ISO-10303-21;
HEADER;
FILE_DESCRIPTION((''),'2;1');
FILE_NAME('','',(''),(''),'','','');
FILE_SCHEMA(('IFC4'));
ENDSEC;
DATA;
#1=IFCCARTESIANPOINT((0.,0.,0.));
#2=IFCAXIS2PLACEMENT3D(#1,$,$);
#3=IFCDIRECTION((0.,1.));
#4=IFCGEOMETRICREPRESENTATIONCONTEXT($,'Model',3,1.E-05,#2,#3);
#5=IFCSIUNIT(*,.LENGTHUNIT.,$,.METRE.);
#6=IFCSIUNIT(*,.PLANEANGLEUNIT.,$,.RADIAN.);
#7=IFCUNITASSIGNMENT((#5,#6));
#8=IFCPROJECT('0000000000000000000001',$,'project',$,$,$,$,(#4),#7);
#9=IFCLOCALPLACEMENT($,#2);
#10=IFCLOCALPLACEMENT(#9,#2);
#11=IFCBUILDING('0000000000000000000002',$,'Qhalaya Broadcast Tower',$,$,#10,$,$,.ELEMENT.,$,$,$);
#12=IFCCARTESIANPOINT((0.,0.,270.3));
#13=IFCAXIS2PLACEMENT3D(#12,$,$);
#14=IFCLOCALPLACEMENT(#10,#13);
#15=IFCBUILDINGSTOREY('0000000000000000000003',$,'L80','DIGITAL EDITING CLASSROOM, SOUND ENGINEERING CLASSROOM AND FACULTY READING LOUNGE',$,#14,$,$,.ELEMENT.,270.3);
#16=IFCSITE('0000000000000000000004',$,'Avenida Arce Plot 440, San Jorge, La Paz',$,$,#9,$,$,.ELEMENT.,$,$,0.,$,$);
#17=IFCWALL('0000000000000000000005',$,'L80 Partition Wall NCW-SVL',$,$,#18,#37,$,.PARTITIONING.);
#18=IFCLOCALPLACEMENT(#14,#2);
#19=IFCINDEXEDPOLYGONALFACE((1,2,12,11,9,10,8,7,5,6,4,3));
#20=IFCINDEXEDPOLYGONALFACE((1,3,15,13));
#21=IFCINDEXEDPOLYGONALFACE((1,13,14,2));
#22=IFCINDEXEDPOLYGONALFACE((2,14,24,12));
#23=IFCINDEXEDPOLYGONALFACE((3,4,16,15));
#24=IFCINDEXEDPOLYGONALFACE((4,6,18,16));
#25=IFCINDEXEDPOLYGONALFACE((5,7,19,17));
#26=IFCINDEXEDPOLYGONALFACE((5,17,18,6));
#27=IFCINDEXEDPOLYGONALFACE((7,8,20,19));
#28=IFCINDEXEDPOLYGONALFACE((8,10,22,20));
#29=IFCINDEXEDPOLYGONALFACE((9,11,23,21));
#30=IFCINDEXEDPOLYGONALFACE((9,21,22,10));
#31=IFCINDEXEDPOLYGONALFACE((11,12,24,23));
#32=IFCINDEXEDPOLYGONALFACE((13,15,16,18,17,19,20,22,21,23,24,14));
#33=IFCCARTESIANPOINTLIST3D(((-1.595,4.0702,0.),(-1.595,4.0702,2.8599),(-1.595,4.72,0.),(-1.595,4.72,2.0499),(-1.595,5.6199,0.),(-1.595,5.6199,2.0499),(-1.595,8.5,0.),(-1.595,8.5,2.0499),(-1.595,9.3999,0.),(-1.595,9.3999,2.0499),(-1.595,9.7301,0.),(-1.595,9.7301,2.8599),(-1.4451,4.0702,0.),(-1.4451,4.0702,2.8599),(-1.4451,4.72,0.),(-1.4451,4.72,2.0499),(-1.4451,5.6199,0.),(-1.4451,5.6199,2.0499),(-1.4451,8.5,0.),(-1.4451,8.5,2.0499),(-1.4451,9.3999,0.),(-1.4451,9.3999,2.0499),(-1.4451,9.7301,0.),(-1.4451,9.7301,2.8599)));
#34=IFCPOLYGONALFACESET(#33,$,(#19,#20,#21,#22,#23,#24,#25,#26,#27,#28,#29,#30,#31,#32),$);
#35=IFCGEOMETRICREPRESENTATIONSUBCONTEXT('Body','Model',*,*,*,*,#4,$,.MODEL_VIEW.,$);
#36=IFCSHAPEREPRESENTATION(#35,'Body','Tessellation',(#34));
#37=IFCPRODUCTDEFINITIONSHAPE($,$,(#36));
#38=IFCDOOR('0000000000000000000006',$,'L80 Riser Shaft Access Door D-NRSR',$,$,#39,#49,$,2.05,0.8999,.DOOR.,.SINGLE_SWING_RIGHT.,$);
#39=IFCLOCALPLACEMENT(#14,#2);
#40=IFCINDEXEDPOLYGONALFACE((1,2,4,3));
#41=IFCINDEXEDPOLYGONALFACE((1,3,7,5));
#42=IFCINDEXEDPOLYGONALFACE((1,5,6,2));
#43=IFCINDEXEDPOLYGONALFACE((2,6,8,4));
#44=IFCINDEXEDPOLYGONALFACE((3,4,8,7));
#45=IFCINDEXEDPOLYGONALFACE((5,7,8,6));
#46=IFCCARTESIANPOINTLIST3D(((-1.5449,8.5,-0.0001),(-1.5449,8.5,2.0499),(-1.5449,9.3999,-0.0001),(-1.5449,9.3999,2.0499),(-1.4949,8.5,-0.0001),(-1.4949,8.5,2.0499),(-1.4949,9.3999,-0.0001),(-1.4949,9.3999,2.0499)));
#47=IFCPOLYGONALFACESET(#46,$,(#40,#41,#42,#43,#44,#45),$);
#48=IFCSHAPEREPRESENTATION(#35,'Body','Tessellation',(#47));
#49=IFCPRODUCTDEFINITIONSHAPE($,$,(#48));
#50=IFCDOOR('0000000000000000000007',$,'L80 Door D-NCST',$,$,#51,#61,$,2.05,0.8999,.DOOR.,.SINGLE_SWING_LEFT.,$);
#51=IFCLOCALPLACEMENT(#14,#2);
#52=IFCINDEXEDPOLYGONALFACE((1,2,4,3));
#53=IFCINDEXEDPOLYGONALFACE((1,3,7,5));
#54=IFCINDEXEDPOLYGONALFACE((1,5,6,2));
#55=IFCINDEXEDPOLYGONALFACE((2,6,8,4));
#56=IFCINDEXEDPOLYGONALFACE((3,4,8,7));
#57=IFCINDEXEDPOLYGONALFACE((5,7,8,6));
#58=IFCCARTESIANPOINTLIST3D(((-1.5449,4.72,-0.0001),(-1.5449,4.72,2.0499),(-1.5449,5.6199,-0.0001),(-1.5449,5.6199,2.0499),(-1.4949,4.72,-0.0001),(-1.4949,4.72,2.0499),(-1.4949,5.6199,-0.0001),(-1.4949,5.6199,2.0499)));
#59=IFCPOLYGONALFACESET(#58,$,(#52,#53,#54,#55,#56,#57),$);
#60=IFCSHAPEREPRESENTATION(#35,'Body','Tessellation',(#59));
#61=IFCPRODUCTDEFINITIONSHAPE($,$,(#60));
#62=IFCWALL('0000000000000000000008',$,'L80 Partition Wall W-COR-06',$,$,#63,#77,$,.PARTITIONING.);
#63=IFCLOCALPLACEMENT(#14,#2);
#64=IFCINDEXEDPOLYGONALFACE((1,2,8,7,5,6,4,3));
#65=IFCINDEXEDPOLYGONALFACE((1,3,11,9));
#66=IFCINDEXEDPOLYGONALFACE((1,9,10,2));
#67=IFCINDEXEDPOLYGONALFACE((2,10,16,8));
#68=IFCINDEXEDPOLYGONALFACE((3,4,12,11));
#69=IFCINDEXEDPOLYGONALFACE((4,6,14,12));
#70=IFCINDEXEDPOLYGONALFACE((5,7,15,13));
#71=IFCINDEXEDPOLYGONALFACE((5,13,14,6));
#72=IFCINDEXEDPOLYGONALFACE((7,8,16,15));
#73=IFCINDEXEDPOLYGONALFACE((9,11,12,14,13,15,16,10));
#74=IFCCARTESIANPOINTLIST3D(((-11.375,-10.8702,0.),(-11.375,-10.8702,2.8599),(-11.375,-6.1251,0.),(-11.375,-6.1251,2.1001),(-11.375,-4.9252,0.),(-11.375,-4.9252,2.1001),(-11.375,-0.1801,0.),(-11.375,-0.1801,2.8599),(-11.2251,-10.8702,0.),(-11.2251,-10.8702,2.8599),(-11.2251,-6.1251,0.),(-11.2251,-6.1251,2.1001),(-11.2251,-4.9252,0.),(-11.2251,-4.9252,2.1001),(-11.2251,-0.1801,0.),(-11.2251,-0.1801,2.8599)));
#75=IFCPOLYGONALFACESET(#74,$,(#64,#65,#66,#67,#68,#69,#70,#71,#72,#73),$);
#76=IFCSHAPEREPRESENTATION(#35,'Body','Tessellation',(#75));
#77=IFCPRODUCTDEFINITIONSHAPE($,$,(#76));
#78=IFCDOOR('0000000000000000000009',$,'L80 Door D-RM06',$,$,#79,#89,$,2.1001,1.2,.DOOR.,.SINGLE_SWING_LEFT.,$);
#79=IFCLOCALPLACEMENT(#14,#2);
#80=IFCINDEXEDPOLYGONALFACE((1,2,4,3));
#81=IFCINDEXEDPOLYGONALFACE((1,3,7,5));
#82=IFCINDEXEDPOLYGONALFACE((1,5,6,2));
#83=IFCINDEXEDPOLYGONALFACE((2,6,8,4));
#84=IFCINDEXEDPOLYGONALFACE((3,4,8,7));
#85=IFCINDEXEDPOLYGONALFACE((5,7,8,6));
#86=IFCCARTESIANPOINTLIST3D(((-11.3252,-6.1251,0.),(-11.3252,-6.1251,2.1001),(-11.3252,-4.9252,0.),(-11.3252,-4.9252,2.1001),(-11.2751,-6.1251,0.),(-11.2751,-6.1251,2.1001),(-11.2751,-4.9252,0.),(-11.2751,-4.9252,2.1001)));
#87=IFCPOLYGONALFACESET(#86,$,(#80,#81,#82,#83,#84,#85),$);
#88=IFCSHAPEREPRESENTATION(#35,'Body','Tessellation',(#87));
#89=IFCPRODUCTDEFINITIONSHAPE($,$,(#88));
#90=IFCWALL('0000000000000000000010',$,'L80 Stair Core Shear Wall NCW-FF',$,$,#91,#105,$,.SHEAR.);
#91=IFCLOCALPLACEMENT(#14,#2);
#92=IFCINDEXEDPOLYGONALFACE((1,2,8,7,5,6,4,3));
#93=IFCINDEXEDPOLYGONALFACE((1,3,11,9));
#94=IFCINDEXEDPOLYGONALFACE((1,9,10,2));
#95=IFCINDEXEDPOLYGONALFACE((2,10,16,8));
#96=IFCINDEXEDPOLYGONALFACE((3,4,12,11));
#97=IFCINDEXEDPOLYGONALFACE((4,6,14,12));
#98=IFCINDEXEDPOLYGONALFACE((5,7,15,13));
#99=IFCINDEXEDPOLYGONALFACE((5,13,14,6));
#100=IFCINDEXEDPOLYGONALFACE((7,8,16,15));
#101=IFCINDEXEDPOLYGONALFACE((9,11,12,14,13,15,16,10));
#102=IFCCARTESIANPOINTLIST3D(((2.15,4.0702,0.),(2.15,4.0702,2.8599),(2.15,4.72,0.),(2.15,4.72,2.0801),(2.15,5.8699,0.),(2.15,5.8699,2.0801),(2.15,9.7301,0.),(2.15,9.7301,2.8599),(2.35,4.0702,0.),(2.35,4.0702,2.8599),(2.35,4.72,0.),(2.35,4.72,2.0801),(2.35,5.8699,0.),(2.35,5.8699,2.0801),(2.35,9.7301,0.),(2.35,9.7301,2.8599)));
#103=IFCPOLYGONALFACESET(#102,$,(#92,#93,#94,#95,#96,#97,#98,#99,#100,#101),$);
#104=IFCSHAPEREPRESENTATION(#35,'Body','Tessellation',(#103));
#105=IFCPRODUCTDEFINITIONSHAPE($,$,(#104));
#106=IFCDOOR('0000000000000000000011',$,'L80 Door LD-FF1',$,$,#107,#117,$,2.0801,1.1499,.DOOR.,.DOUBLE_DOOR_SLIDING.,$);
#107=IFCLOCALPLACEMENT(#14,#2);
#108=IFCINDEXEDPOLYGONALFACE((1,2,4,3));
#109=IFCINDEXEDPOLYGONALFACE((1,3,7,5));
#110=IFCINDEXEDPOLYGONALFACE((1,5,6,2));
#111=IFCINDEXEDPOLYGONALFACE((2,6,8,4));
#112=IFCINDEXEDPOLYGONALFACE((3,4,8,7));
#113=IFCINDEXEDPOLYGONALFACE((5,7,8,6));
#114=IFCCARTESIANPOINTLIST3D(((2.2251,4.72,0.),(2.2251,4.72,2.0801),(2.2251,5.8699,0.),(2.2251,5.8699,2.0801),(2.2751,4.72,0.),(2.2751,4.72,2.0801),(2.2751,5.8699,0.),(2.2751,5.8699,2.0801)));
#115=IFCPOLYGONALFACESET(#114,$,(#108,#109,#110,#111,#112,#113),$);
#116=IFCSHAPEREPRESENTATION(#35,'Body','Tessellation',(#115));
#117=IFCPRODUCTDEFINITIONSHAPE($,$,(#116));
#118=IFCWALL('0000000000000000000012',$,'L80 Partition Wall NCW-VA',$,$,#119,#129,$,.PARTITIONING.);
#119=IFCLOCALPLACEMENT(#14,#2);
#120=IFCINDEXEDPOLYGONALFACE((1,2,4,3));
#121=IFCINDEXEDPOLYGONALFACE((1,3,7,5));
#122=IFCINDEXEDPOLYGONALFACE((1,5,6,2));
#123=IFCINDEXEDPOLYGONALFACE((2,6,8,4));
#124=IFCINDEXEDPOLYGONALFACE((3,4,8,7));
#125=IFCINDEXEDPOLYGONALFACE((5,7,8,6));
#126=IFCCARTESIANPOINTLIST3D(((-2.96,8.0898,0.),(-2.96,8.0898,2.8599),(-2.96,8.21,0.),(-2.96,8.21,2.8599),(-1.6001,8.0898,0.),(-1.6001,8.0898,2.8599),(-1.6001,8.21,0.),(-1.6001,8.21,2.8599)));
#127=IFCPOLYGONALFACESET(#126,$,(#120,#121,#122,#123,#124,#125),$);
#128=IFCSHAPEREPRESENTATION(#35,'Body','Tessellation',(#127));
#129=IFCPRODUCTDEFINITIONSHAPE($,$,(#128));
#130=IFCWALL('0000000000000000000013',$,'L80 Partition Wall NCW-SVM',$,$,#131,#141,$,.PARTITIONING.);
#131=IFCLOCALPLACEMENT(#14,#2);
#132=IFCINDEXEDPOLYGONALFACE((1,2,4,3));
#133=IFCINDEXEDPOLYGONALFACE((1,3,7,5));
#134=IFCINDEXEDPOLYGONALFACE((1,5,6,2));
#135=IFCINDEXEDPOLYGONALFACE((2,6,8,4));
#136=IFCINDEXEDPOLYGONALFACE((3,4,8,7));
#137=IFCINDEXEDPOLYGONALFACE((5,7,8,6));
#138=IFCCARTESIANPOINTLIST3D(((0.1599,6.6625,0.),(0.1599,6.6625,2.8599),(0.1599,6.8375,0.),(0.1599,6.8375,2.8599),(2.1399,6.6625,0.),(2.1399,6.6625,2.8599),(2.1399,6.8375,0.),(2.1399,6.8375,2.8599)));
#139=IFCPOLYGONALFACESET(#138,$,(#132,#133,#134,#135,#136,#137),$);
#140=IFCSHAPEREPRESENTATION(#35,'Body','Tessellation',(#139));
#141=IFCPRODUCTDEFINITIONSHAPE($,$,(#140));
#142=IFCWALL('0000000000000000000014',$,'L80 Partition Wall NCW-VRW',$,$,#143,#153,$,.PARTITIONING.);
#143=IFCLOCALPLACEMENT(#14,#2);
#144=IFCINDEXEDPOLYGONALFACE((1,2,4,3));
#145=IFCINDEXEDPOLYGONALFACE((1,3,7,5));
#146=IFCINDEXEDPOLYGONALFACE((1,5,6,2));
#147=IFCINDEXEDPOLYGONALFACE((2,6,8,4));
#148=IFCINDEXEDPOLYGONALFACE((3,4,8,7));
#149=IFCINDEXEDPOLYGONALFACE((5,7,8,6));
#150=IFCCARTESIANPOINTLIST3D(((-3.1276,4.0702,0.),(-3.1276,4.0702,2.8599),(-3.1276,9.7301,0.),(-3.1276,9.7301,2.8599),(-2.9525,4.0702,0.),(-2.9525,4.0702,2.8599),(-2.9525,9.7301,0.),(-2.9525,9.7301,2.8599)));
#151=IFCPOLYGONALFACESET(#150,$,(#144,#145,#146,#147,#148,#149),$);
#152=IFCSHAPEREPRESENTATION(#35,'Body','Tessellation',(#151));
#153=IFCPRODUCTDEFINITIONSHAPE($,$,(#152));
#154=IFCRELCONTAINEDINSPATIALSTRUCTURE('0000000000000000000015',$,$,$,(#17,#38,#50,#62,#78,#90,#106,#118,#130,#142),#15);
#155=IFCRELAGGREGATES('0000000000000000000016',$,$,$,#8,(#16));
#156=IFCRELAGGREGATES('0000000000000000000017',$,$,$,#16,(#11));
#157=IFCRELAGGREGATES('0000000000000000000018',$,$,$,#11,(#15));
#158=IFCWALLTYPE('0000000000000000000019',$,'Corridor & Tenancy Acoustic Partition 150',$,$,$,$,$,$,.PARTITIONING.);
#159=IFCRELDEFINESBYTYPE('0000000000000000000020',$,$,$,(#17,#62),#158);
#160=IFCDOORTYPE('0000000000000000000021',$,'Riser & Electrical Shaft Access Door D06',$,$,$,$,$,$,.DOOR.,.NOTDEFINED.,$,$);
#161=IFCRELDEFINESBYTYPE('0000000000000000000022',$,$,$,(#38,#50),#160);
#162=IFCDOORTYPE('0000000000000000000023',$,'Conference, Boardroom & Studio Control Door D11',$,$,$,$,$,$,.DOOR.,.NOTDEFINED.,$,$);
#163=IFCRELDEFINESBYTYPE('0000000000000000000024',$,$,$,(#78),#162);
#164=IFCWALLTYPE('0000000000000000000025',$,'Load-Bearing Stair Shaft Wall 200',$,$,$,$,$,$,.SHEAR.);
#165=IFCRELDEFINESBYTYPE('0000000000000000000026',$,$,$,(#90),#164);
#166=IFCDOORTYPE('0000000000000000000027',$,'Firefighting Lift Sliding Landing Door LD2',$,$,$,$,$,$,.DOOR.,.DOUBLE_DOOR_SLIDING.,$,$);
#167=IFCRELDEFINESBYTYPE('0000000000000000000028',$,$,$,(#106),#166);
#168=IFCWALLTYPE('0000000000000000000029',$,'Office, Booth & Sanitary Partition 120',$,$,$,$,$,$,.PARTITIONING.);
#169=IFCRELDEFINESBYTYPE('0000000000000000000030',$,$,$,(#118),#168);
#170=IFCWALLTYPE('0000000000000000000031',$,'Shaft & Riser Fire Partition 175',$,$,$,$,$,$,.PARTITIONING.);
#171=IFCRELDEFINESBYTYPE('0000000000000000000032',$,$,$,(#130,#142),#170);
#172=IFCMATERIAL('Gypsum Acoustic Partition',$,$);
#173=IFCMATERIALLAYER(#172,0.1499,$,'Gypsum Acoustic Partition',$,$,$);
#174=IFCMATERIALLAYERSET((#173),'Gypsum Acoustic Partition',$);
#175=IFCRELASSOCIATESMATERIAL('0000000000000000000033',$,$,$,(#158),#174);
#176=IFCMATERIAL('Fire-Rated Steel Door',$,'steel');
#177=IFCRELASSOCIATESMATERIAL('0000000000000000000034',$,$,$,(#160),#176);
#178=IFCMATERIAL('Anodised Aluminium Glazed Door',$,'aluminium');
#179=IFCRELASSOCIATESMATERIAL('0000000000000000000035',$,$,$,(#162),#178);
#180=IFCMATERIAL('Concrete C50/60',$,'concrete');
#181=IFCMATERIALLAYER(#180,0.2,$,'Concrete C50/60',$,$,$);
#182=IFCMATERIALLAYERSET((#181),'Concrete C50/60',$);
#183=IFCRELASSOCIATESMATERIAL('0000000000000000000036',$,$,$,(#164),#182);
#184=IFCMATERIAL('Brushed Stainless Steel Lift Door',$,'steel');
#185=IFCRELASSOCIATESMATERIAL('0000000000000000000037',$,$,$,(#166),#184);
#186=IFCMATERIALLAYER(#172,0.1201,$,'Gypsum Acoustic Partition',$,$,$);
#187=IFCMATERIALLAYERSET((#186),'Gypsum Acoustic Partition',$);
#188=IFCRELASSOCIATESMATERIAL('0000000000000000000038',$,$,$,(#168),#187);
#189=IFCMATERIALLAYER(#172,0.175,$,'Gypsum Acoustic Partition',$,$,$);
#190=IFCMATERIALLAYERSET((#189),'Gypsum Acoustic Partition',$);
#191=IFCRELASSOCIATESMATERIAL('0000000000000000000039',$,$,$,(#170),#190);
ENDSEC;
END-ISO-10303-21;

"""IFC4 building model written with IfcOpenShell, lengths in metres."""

from ifc_helpers import new_model, si_unit, direction, frame, frame_2d, origin, place, context, subcontext, project, spatial, rectangle, extrude, material, layer, layer_set, type_object, element, fill, save


model = new_model("IFC4")

# Units and contexts
model_context = context("Model", 3, precision=1e-05, world=origin(), true_north=direction((0.0, 1.0)))
body_context = subcontext(model_context, "Body", "Model", "MODEL_VIEW")
ifc_project = project(units=[si_unit("LENGTHUNIT", "METRE"), si_unit("PLANEANGLEUNIT", "RADIAN")], contexts=[model_context])

# Site, building, storey
site_placement = place(None, origin())
site = spatial("IfcSite", under=ifc_project, at=site_placement, Name="Avenida Arce Plot 440, San Jorge, La Paz", CompositionType="ELEMENT", RefElevation=0.0)
building_placement = place(site_placement, origin())
building = spatial("IfcBuilding", under=site, at=building_placement, Name="Qhalaya Broadcast Tower", CompositionType="ELEMENT")
storey_placement = place(building_placement, frame((0.0, 0.0, 270.3)))
storey = spatial("IfcBuildingStorey", under=building, at=storey_placement, Name="L80", Description="DIGITAL EDITING CLASSROOM, SOUND ENGINEERING CLASSROOM AND FACULTY READING LOUNGE", CompositionType="ELEMENT", Elevation=270.3)

# Shared definitions
ifc_material_1 = material(Name="Concrete C50/60", Category="concrete")

# Wall, openings, doors
ifc_material_2 = material(Name="Gypsum Acoustic Partition")
ifc_layer_1 = layer(ifc_material_2, 0.1499, Name="Gypsum Acoustic Partition")
ifc_layer_set_1 = layer_set([ifc_layer_1], Name="Gypsum Acoustic Partition")
wall_type_1 = type_object("IfcWallType", Name="Corridor & Tenancy Acoustic Partition 150", PredefinedType="PARTITIONING", material=ifc_layer_set_1)
wall_1_placement = place(storey_placement, frame((-1.52, 4.0701, 0.0), z_axis=(0.0, 0.0, 1.0), x_axis=(0.0, 1.0, 0.0)))
wall_1 = element("IfcWall", 1, at=wall_1_placement, inside=storey, type_object=wall_type_1, Name="L80 Partition Wall NCW-SVL", PredefinedType="PARTITIONING", context=body_context, shape_type="SweptSolid", body=[
    extrude(rectangle(XDim=5.6599, YDim=0.1499, at=frame_2d((2.8301, 0.0))), origin(), (0.0, 0.0, 1.0), 2.8599),
])
opening_1_placement = place(wall_1_placement, frame((4.4299, 0.0, 0.0)))
opening_1 = element("IfcOpeningElement", 2, at=opening_1_placement, cuts=wall_1, PredefinedType="OPENING", context=body_context, shape_type="SweptSolid", body=[
    extrude(rectangle(XDim=0.8999, YDim=2.05, at=frame_2d((0.45, 1.0249))), frame((0.0, 0.0869, 0.0), z_axis=(0.0, -1.0, 0.0), x_axis=(1.0, 0.0, 0.0)), (0.0, 0.0, 1.0), 0.1738),
])
opening_2_placement = place(wall_1_placement, frame((0.6499, 0.0, 0.0)))
opening_2 = element("IfcOpeningElement", 3, at=opening_2_placement, cuts=wall_1, PredefinedType="OPENING", context=body_context, shape_type="SweptSolid", body=[
    extrude(rectangle(XDim=0.8999, YDim=2.05, at=frame_2d((0.45, 1.0249))), frame((0.0, 0.0869, 0.0), z_axis=(0.0, -1.0, 0.0), x_axis=(1.0, 0.0, 0.0)), (0.0, 0.0, 1.0), 0.1738),
])
ifc_material_3 = material(Name="Fire-Rated Steel Door", Category="steel")
door_type_1 = type_object("IfcDoorType", Name="Riser & Electrical Shaft Access Door D06", OperationType="NOTDEFINED", PredefinedType="DOOR", material=ifc_material_3)
door_1_placement = place(opening_1_placement, origin())
door_1 = element("IfcDoor", 4, at=door_1_placement, inside=storey, type_object=door_type_1, Name="L80 Riser Shaft Access Door D-NRSR", OperationType="SINGLE_SWING_RIGHT", OverallHeight=2.05, OverallWidth=0.8999, PredefinedType="DOOR", context=body_context, shape_type="SweptSolid", body=[
    extrude(rectangle(XDim=0.8999, YDim=2.05, at=frame_2d((0.45, 1.0249))), frame((0.0, 0.0249, 0.0), z_axis=(0.0, -1.0, 0.0), x_axis=(1.0, 0.0, 0.0)), (0.0, 0.0, 1.0), 0.05),
])
fill(opening_1, door_1)
door_2_placement = place(opening_2_placement, origin())
door_2 = element("IfcDoor", 5, at=door_2_placement, inside=storey, type_object=door_type_1, Name="L80 Door D-NCST", OperationType="SINGLE_SWING_LEFT", OverallHeight=2.05, OverallWidth=0.8999, PredefinedType="DOOR", context=body_context, shape_type="SweptSolid", body=[
    extrude(rectangle(XDim=0.8999, YDim=2.05, at=frame_2d((0.45, 1.0249))), frame((0.0, 0.0249, 0.0), z_axis=(0.0, -1.0, 0.0), x_axis=(1.0, 0.0, 0.0)), (0.0, 0.0, 1.0), 0.05),
])
fill(opening_2, door_2)

# Walls, openings, doors
wall_2_placement = place(storey_placement, frame((-11.3, -0.1799, 0.0), z_axis=(0.0, 0.0, 1.0), x_axis=(0.0, -1.0, 0.0)))
wall_2 = element("IfcWall", 6, at=wall_2_placement, inside=storey, type_object=wall_type_1, Name="L80 Partition Wall W-COR-06", PredefinedType="PARTITIONING", context=body_context, shape_type="SweptSolid", body=[
    extrude(rectangle(XDim=10.6902, YDim=0.1499, at=frame_2d((5.3452, 0.0))), origin(), (0.0, 0.0, 1.0), 2.8599),
])
opening_3_placement = place(wall_2_placement, frame((4.7451, 0.0, 0.0)))
opening_3 = element("IfcOpeningElement", 7, at=opening_3_placement, cuts=wall_2, PredefinedType="OPENING", context=body_context, shape_type="SweptSolid", body=[
    extrude(rectangle(XDim=1.2, YDim=2.1001, at=frame_2d((0.6001, 1.05))), frame((0.0, 0.0869, 0.0), z_axis=(0.0, -1.0, 0.0), x_axis=(1.0, 0.0, 0.0)), (0.0, 0.0, 1.0), 0.1738),
])
ifc_material_4 = material(Name="Anodised Aluminium Glazed Door", Category="aluminium")
door_type_2 = type_object("IfcDoorType", Name="Conference, Boardroom & Studio Control Door D11", OperationType="NOTDEFINED", PredefinedType="DOOR", material=ifc_material_4)
door_3_placement = place(opening_3_placement, origin())
door_3 = element("IfcDoor", 8, at=door_3_placement, inside=storey, type_object=door_type_2, Name="L80 Door D-RM06", OperationType="SINGLE_SWING_LEFT", OverallHeight=2.1001, OverallWidth=1.2, PredefinedType="DOOR", context=body_context, shape_type="SweptSolid", body=[
    extrude(rectangle(XDim=1.2, YDim=2.1001, at=frame_2d((0.6001, 1.05))), frame((0.0, 0.0249, 0.0), z_axis=(0.0, -1.0, 0.0), x_axis=(1.0, 0.0, 0.0)), (0.0, 0.0, 1.0), 0.05),
])
fill(opening_3, door_3)
ifc_layer_2 = layer(ifc_material_1, 0.2, Name="Concrete C50/60")
ifc_layer_set_2 = layer_set([ifc_layer_2], Name="Concrete C50/60")
wall_type_2 = type_object("IfcWallType", Name="Load-Bearing Stair Shaft Wall 200", PredefinedType="SHEAR", material=ifc_layer_set_2)
wall_3_placement = place(storey_placement, frame((2.25, 4.0701, 0.0), z_axis=(0.0, 0.0, 1.0), x_axis=(0.0, 1.0, 0.0)))
wall_3 = element("IfcWall", 9, at=wall_3_placement, inside=storey, type_object=wall_type_2, Name="L80 Stair Core Shear Wall NCW-FF", PredefinedType="SHEAR", context=body_context, shape_type="SweptSolid", body=[
    extrude(rectangle(XDim=5.6599, YDim=0.2, at=frame_2d((2.8301, 0.0))), origin(), (0.0, 0.0, 1.0), 2.8599),
])
opening_4_placement = place(wall_3_placement, frame((0.6499, 0.0, 0.0)))
opening_4 = element("IfcOpeningElement", 10, at=opening_4_placement, cuts=wall_3, PredefinedType="OPENING", context=body_context, shape_type="SweptSolid", body=[
    extrude(rectangle(XDim=1.1499, YDim=2.0801, at=frame_2d((0.575, 1.04))), frame((0.0, 0.1121, 0.0), z_axis=(0.0, -1.0, 0.0), x_axis=(1.0, 0.0, 0.0)), (0.0, 0.0, 1.0), 0.2239),
])
ifc_material_5 = material(Name="Brushed Stainless Steel Lift Door", Category="steel")
door_type_3 = type_object("IfcDoorType", Name="Firefighting Lift Sliding Landing Door LD2", OperationType="DOUBLE_DOOR_SLIDING", PredefinedType="DOOR", material=ifc_material_5)
door_4_placement = place(opening_4_placement, origin())
door_4 = element("IfcDoor", 11, at=door_4_placement, inside=storey, type_object=door_type_3, Name="L80 Door LD-FF1", OperationType="DOUBLE_DOOR_SLIDING", OverallHeight=2.0801, OverallWidth=1.1499, PredefinedType="DOOR", context=body_context, shape_type="SweptSolid", body=[
    extrude(rectangle(XDim=1.1499, YDim=2.0801, at=frame_2d((0.575, 1.04))), frame((0.0, 0.0249, 0.0), z_axis=(0.0, -1.0, 0.0), x_axis=(1.0, 0.0, 0.0)), (0.0, 0.0, 1.0), 0.05),
])
fill(opening_4, door_4)

# Wall
ifc_layer_3 = layer(ifc_material_2, 0.1201, Name="Gypsum Acoustic Partition")
ifc_layer_set_3 = layer_set([ifc_layer_3], Name="Gypsum Acoustic Partition")
wall_type_3 = type_object("IfcWallType", Name="Office, Booth & Sanitary Partition 120", PredefinedType="PARTITIONING", material=ifc_layer_set_3)
wall_4_placement = place(storey_placement, frame((-2.96, 8.1499, 0.0), z_axis=(0.0, 0.0, 1.0), x_axis=(1.0, 0.0, 0.0)))
element("IfcWall", 12, at=wall_4_placement, inside=storey, type_object=wall_type_3, Name="L80 Partition Wall NCW-VA", PredefinedType="PARTITIONING", context=body_context, shape_type="SweptSolid", body=[
    extrude(rectangle(XDim=1.3599, YDim=0.1201, at=frame_2d((0.6799, 0.0))), origin(), (0.0, 0.0, 1.0), 2.8599),
])

# Shared definitions
ifc_layer_4 = layer(ifc_material_2, 0.175, Name="Gypsum Acoustic Partition")
ifc_layer_set_4 = layer_set([ifc_layer_4], Name="Gypsum Acoustic Partition")
wall_type_4 = type_object("IfcWallType", Name="Shaft & Riser Fire Partition 175", PredefinedType="PARTITIONING", material=ifc_layer_set_4)

# Walls
wall_5_placement = place(storey_placement, frame((0.1599, 6.75, 0.0), z_axis=(0.0, 0.0, 1.0), x_axis=(1.0, 0.0, 0.0)))
element("IfcWall", 13, at=wall_5_placement, inside=storey, type_object=wall_type_4, Name="L80 Partition Wall NCW-SVM", PredefinedType="PARTITIONING", context=body_context, shape_type="SweptSolid", body=[
    extrude(rectangle(XDim=1.98, YDim=0.175, at=frame_2d((0.99, 0.0))), origin(), (0.0, 0.0, 1.0), 2.8599),
])
wall_6_placement = place(storey_placement, frame((-3.04, 4.0701, 0.0), z_axis=(0.0, 0.0, 1.0), x_axis=(0.0, 1.0, 0.0)))
element("IfcWall", 14, at=wall_6_placement, inside=storey, type_object=wall_type_4, Name="L80 Partition Wall NCW-VRW", PredefinedType="PARTITIONING", context=body_context, shape_type="SweptSolid", body=[
    extrude(rectangle(XDim=5.6599, YDim=0.175, at=frame_2d((2.8301, 0.0))), origin(), (0.0, 0.0, 1.0), 2.8599),
])

save(model, "model.ifc")
